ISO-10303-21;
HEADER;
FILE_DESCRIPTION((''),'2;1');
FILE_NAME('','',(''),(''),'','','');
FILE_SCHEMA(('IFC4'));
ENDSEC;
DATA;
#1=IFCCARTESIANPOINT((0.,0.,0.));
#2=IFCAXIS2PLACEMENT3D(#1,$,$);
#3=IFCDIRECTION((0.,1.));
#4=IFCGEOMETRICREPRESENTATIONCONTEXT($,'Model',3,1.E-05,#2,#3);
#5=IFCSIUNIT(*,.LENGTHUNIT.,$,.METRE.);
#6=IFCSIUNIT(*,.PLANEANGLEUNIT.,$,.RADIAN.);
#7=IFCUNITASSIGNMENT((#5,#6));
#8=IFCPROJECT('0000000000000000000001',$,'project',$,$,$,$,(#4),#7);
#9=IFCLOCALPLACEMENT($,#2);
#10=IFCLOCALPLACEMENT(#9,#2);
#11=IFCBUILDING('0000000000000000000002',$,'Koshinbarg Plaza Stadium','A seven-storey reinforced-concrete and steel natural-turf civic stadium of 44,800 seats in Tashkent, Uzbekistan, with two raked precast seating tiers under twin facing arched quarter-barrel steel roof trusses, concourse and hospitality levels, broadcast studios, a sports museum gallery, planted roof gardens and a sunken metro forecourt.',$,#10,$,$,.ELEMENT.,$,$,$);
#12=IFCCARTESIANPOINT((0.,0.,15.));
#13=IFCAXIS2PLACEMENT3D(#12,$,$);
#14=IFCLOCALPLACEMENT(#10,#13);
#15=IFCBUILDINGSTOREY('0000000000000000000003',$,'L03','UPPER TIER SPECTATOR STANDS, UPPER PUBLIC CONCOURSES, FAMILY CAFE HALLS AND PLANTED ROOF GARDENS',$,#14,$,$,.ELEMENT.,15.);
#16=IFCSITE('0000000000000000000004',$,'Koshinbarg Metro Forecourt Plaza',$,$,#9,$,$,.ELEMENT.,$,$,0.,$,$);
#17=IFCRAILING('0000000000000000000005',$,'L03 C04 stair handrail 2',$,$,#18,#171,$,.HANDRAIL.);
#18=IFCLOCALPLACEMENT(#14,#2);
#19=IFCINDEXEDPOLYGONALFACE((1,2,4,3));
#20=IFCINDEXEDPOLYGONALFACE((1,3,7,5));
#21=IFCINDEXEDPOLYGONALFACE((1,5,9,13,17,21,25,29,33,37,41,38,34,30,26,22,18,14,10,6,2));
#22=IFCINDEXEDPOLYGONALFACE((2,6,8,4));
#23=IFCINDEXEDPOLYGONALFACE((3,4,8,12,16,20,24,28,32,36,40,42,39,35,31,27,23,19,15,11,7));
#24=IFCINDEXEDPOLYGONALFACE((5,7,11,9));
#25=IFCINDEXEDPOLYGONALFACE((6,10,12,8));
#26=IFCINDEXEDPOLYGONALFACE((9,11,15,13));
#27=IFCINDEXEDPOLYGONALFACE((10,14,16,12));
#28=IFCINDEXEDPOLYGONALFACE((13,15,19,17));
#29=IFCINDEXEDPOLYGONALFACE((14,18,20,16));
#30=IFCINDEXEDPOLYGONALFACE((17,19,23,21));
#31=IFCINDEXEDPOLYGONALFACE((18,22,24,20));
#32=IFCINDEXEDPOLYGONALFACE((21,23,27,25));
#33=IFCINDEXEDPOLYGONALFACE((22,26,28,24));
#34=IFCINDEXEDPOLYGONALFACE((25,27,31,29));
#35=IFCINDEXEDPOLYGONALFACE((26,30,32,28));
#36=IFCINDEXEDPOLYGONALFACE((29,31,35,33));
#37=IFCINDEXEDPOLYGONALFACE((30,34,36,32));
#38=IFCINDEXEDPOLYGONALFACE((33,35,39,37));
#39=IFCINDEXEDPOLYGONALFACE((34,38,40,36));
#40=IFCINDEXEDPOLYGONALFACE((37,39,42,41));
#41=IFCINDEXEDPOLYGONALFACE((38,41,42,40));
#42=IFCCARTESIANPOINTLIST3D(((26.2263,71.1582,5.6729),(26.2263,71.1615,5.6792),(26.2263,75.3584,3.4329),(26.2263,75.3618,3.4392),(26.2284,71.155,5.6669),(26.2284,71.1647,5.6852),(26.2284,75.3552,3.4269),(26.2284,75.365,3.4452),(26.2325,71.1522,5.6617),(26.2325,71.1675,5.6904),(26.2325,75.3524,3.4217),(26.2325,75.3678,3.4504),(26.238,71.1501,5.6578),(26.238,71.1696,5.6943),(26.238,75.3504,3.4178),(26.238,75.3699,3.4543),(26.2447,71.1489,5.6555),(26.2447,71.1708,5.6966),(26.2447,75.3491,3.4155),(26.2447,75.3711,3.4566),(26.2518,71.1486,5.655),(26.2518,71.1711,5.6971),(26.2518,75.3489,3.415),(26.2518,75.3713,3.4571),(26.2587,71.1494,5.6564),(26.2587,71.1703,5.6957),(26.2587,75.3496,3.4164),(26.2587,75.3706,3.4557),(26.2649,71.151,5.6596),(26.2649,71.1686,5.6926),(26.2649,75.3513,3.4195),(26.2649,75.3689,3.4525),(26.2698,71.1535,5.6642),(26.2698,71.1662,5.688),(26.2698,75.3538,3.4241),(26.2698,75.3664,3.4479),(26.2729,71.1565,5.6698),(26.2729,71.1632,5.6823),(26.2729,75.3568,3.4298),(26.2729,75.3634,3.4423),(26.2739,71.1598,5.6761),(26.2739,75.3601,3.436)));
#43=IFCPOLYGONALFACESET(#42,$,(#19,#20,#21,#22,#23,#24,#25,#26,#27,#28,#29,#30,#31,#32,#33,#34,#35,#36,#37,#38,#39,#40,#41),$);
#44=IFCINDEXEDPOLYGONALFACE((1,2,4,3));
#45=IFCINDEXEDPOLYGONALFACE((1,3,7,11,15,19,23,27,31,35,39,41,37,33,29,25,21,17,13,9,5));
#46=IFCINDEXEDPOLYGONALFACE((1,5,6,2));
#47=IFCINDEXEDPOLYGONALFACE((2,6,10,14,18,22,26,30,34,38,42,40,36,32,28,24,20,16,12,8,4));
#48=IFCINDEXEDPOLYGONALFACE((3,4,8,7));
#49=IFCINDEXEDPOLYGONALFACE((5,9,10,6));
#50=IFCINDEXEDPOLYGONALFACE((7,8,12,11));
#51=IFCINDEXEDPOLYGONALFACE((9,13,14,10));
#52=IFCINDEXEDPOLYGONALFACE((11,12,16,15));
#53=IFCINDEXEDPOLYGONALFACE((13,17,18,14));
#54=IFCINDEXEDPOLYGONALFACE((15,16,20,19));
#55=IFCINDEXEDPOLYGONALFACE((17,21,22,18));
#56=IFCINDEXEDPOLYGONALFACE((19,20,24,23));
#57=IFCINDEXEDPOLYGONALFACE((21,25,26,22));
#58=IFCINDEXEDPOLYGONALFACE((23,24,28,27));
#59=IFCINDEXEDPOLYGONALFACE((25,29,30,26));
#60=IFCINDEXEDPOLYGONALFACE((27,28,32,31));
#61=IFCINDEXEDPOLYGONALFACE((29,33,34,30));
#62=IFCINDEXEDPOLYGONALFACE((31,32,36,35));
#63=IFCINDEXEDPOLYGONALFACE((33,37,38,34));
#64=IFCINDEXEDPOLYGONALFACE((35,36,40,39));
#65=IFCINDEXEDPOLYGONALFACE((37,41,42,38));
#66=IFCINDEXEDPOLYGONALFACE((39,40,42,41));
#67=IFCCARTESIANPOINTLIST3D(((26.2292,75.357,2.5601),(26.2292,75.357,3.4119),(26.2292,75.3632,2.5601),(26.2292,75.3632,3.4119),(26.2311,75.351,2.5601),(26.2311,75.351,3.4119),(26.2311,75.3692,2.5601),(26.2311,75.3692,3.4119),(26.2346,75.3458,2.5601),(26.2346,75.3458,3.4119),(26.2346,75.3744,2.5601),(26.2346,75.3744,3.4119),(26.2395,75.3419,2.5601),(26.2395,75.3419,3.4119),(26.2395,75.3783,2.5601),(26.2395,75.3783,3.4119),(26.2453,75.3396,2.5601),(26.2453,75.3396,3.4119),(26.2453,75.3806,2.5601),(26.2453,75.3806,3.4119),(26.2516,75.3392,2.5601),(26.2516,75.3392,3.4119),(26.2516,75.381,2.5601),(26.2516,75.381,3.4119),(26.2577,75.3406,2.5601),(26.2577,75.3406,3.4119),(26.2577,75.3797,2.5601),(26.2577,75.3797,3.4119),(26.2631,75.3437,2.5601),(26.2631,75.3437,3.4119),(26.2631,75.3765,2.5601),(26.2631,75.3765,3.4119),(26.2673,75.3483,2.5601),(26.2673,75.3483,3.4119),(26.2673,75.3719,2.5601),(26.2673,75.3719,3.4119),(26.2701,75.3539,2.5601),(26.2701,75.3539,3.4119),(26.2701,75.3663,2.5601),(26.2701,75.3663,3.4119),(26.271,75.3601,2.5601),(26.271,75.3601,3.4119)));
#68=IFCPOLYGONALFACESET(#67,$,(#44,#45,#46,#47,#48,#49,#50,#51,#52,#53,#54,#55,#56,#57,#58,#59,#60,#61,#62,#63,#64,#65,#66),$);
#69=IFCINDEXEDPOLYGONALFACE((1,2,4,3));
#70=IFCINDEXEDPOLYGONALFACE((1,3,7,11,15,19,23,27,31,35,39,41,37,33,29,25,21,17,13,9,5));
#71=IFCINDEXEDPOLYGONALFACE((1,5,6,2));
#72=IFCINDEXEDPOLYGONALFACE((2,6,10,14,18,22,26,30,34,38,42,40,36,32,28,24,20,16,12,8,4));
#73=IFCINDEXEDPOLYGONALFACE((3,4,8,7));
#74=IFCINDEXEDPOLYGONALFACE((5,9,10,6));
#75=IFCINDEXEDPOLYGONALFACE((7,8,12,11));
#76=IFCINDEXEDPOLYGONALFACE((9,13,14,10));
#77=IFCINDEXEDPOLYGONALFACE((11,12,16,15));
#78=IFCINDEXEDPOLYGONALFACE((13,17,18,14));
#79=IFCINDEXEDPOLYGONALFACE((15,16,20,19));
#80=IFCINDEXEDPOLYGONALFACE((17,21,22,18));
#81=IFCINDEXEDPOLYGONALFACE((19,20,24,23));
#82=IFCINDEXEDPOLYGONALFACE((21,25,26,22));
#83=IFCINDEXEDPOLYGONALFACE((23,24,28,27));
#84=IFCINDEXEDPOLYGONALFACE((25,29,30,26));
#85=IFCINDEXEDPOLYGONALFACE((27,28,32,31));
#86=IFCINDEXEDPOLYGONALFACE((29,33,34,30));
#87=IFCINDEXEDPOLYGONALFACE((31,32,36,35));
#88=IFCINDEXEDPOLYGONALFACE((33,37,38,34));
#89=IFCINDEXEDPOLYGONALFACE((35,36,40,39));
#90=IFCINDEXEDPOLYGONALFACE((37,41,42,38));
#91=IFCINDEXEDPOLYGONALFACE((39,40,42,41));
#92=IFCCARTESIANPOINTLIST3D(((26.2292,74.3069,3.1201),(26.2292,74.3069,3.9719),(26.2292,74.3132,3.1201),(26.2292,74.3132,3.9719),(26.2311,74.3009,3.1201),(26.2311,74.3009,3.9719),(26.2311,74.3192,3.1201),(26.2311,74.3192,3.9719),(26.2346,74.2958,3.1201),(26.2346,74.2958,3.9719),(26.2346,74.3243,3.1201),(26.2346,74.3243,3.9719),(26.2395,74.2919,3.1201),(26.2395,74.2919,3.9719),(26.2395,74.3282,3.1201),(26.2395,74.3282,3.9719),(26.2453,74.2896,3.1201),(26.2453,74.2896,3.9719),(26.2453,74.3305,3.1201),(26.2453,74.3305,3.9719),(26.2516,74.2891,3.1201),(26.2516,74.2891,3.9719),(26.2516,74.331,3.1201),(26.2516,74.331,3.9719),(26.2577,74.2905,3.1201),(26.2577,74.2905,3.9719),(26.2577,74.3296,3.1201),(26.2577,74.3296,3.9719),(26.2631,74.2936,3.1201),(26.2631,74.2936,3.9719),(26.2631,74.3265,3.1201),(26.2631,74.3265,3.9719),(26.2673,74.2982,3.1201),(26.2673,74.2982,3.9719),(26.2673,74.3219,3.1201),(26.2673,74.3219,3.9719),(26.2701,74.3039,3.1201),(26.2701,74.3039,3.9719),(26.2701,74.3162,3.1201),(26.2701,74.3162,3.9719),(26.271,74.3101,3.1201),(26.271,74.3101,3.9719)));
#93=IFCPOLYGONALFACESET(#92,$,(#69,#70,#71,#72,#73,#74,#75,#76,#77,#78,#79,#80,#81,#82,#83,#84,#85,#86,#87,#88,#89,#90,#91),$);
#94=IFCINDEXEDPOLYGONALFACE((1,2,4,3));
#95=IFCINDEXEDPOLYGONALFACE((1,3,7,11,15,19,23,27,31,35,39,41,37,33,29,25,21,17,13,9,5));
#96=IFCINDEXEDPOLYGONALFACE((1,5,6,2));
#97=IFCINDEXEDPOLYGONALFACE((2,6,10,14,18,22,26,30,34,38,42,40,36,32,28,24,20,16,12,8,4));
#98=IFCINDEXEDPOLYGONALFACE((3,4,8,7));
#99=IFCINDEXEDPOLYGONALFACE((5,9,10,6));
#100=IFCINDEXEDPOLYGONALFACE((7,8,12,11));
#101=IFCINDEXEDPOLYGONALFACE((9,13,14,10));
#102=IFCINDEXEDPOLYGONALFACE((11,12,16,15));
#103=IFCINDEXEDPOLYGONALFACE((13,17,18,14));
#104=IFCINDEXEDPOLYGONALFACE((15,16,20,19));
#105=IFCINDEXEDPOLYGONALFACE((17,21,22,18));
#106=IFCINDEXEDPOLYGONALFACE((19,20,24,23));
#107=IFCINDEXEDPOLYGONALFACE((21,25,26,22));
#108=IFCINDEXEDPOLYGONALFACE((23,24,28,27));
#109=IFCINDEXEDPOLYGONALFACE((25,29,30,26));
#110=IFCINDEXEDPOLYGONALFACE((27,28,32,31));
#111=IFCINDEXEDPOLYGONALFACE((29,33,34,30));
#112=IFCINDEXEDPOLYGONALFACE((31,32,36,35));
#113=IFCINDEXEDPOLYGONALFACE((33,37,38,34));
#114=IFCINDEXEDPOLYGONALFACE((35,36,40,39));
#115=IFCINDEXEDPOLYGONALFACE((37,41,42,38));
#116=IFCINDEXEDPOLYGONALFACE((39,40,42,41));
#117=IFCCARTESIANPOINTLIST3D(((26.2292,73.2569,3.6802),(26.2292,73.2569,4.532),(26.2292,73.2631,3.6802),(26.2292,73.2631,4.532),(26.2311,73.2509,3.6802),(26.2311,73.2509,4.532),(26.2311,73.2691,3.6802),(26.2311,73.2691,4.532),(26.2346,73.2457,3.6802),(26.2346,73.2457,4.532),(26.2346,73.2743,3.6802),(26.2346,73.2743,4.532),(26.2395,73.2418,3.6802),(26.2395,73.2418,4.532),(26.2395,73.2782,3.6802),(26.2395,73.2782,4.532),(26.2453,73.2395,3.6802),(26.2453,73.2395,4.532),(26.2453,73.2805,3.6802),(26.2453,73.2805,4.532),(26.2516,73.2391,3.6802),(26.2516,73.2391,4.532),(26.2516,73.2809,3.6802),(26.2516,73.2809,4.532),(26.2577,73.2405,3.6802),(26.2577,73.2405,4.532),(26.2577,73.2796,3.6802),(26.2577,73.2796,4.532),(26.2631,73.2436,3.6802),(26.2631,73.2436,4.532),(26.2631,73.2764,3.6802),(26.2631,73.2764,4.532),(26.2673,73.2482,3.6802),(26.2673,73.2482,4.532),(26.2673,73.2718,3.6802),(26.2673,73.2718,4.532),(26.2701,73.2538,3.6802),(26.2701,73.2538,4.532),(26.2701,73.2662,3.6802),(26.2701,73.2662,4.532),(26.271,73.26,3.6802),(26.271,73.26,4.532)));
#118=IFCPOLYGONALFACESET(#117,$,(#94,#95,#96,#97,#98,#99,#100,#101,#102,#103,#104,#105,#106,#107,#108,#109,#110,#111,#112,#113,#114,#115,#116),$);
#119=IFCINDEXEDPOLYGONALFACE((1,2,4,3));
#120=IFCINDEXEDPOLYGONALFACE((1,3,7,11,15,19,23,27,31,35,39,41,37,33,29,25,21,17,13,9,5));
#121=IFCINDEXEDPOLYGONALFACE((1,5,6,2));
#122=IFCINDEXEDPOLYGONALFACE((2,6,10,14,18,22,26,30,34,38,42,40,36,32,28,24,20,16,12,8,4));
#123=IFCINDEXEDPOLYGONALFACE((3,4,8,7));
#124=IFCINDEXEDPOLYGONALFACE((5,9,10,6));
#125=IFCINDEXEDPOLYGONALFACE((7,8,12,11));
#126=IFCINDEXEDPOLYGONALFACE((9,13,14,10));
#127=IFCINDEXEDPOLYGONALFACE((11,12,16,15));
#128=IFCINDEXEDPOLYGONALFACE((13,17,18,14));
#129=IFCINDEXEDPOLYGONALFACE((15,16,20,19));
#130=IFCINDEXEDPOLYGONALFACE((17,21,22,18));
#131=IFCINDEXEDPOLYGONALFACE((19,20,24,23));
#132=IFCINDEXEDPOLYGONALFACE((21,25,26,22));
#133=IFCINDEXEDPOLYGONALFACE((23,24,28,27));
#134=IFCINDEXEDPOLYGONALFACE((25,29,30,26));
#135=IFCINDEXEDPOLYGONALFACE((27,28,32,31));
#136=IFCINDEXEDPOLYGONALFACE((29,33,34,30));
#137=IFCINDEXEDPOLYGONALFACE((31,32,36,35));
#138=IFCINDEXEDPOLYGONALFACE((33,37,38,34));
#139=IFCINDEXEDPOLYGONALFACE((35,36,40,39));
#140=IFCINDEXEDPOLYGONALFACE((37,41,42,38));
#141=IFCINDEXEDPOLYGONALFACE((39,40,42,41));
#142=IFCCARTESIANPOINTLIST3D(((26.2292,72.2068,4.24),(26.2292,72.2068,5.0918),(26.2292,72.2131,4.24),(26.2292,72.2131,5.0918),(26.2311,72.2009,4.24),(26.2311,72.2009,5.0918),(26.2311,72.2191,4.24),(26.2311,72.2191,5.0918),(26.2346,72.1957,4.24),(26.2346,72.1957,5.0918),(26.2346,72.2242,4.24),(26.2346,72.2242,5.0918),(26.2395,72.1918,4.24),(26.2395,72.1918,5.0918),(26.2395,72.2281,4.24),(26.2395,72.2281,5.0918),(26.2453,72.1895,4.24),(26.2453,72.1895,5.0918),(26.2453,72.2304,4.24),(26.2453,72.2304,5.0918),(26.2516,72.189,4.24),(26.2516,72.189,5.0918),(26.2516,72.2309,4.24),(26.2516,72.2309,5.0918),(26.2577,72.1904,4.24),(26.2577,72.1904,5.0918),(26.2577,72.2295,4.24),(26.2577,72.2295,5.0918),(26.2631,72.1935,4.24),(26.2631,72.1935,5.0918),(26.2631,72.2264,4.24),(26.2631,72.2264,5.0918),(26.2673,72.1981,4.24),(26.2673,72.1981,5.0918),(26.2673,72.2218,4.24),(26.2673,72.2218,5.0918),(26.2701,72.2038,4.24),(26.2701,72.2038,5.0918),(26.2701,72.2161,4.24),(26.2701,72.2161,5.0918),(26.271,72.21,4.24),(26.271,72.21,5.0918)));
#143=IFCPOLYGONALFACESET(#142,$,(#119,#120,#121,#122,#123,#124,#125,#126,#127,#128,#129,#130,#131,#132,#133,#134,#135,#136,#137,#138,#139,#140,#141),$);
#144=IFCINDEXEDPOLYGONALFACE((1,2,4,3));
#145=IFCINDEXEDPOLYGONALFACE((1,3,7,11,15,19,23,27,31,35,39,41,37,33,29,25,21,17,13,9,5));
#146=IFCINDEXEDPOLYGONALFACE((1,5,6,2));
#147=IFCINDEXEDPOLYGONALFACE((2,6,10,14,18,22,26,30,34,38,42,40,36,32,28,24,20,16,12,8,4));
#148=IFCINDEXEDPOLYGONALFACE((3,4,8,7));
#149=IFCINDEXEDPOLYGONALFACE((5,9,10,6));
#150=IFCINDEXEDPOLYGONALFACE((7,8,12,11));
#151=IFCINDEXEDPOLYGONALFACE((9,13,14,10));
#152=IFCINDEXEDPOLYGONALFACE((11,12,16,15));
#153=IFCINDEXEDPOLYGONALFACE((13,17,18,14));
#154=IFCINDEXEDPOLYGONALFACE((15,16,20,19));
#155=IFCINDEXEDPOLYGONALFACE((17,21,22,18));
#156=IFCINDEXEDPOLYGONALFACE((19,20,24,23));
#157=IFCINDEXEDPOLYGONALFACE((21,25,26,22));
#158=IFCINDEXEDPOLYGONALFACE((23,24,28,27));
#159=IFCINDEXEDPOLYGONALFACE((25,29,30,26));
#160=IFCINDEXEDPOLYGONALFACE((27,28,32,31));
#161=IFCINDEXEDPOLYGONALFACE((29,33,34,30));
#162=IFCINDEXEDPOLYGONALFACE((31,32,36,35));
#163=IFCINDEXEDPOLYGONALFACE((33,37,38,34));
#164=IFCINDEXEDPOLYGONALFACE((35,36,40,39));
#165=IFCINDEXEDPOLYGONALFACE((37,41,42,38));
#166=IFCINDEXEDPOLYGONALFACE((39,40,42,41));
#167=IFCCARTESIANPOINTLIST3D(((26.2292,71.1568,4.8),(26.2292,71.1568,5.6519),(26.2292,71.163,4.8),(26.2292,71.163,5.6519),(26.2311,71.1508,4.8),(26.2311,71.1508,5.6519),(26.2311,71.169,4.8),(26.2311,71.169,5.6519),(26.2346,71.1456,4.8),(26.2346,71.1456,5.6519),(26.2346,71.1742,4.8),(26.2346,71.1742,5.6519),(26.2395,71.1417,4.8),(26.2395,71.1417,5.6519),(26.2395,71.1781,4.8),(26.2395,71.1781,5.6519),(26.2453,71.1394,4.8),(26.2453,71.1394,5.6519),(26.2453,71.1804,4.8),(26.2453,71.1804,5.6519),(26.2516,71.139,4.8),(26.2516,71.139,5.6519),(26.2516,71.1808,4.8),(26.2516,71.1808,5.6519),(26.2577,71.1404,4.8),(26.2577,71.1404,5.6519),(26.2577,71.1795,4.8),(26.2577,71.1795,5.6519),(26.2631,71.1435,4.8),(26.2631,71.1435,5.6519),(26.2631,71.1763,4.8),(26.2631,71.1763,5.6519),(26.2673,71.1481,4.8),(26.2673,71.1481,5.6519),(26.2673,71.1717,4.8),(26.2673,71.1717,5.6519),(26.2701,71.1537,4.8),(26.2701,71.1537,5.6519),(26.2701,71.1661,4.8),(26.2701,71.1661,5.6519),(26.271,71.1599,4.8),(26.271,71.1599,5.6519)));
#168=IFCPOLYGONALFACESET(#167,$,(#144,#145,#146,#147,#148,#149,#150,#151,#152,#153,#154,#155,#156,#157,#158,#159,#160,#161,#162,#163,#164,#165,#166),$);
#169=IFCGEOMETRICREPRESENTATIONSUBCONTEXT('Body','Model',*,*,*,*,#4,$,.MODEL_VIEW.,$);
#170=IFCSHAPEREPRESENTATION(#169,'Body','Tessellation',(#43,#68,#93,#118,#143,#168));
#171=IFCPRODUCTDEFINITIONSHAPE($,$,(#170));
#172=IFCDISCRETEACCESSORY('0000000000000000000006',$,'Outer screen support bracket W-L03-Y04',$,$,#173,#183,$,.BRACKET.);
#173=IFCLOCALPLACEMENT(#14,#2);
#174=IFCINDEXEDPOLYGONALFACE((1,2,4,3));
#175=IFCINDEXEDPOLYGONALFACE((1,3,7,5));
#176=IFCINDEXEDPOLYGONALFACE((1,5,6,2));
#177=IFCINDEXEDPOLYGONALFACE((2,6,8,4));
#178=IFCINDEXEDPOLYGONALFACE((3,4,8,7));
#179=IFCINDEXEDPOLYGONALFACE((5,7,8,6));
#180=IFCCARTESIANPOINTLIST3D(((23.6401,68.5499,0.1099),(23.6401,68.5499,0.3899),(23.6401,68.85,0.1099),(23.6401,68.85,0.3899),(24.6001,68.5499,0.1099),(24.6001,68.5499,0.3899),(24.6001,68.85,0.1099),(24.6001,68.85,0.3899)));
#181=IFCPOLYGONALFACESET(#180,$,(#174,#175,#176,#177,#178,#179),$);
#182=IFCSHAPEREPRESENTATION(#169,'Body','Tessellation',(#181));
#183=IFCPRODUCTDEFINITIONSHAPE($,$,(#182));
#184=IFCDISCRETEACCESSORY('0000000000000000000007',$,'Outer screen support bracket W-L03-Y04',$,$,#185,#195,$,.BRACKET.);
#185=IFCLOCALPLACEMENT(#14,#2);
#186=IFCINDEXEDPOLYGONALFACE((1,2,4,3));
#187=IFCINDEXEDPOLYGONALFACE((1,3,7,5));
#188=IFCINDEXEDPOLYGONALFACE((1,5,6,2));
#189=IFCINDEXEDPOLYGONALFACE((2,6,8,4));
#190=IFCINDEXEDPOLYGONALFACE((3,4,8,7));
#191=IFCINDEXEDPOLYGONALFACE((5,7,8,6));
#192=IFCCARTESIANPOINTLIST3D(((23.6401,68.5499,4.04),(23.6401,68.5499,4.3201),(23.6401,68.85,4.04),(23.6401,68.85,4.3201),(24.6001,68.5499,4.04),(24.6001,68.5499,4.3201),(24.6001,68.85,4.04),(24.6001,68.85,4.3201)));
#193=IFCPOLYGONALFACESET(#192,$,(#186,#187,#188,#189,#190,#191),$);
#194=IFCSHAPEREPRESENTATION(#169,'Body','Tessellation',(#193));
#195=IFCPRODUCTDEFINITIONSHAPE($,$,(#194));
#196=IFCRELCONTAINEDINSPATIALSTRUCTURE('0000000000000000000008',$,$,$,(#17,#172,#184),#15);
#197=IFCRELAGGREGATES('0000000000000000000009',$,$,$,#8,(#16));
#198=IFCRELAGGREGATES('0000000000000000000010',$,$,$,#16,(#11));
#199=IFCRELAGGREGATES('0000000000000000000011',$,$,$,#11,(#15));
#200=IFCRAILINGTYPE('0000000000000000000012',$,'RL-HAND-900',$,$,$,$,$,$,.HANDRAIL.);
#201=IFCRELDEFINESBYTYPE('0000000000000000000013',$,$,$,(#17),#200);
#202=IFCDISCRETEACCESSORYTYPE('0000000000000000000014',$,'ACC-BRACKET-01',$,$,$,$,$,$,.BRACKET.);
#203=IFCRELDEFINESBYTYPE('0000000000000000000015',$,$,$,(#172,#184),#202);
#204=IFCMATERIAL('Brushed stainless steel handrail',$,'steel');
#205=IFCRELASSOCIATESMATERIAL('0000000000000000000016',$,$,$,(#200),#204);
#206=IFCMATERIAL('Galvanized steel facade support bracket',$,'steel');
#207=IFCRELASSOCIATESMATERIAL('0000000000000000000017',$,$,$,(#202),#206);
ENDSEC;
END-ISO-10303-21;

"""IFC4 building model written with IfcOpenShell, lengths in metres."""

from ifc_helpers import new_model, si_unit, direction, frame, origin, origin_2d, place, context, subcontext, project, spatial, rectangle, circle, extrude, material, type_object, element, save


model = new_model("IFC4")

# Units and contexts
model_context = context("Model", 3, precision=1e-05, world=origin(), true_north=direction((0.0, 1.0)))
body_context = subcontext(model_context, "Body", "Model", "MODEL_VIEW")
ifc_project = project(units=[si_unit("LENGTHUNIT", "METRE"), si_unit("PLANEANGLEUNIT", "RADIAN")], contexts=[model_context])

# Site, building, storey
site_placement = place(None, origin())
site = spatial("IfcSite", under=ifc_project, at=site_placement, Name="Koshinbarg Metro Forecourt Plaza", CompositionType="ELEMENT", RefElevation=0.0)
building_placement = place(site_placement, origin())
building = spatial("IfcBuilding", under=site, at=building_placement, Name="Koshinbarg Plaza Stadium", Description="A seven-storey reinforced-concrete and steel natural-turf civic stadium of 44,800 seats in Tashkent, Uzbekistan, with two raked precast seating tiers under twin facing arched quarter-barrel steel roof trusses, concourse and hospitality levels, broadcast studios, a sports museum gallery, planted roof gardens and a sunken metro forecourt.", CompositionType="ELEMENT")
storey_placement = place(building_placement, frame((0.0, 0.0, 15.0)))
storey = spatial("IfcBuildingStorey", under=building, at=storey_placement, Name="L03", Description="UPPER TIER SPECTATOR STANDS, UPPER PUBLIC CONCOURSES, FAMILY CAFE HALLS AND PLANTED ROOF GARDENS", CompositionType="ELEMENT", Elevation=15.0)

# Railing
ifc_material_1 = material(Name="Brushed stainless steel handrail", Category="steel")
railing_type_1 = type_object("IfcRailingType", Name="RL-HAND-900", PredefinedType="HANDRAIL", material=ifc_material_1)
for number, where, name in (
    (1, (26.25, 75.3601, 2.5601), "L03 C04 stair handrail 2"),
):
    element("IfcRailing", number, at=place(storey_placement, frame(where)), inside=storey, type_object=railing_type_1, Name=name, PredefinedType="HANDRAIL", context=body_context, shape_type="SweptSolid", body=[
        extrude(circle(Radius=0.0239, at=origin_2d()), frame((0.0, 0.0, 0.876), z_axis=(0.0, -0.882363, 0.47057), x_axis=(1.0, 0.0, 0.0)), (0.0, 0.0, 1.0), 4.7603),
        extrude(circle(Radius=0.021, at=origin_2d()), origin(), (0.0, 0.0, 1.0), 0.8518),
        extrude(circle(Radius=0.021, at=origin_2d()), frame((0.0, -1.05, 0.5601)), (0.0, 0.0, 1.0), 0.8518),
        extrude(circle(Radius=0.021, at=origin_2d()), frame((0.0, -2.1001, 1.1201)), (0.0, 0.0, 1.0), 0.8518),
        extrude(circle(Radius=0.021, at=origin_2d()), frame((0.0, -3.1501, 1.6799)), (0.0, 0.0, 1.0), 0.8518),
        extrude(circle(Radius=0.021, at=origin_2d()), frame((0.0, -4.2002, 2.24)), (0.0, 0.0, 1.0), 0.8518),
    ])

# Discrete accessories
ifc_material_2 = material(Name="Galvanized steel facade support bracket", Category="steel")
discrete_accessory_type = type_object("IfcDiscreteAccessoryType", Name="ACC-BRACKET-01", PredefinedType="BRACKET", material=ifc_material_2)
for number, where, z_axis, x_axis, name in (
    (2, (24.1201, 68.7, 0.1099), (0.0, 0.0, 1.0), (1.0, 0.0, 0.0), "Outer screen support bracket W-L03-Y04"),
    (3, (24.1201, 68.7, 4.04), (0.0, 0.0, 1.0), (1.0, 0.0, 0.0), "Outer screen support bracket W-L03-Y04"),
):
    element("IfcDiscreteAccessory", number, at=place(storey_placement, frame(where, z_axis=z_axis, x_axis=x_axis)), inside=storey, type_object=discrete_accessory_type, Name=name, PredefinedType="BRACKET", context=body_context, shape_type="SweptSolid", body=[
        extrude(rectangle(XDim=0.96, YDim=0.3, at=origin_2d()), origin(), (0.0, 0.0, 1.0), 0.28),
    ])

save(model, "model.ifc")
